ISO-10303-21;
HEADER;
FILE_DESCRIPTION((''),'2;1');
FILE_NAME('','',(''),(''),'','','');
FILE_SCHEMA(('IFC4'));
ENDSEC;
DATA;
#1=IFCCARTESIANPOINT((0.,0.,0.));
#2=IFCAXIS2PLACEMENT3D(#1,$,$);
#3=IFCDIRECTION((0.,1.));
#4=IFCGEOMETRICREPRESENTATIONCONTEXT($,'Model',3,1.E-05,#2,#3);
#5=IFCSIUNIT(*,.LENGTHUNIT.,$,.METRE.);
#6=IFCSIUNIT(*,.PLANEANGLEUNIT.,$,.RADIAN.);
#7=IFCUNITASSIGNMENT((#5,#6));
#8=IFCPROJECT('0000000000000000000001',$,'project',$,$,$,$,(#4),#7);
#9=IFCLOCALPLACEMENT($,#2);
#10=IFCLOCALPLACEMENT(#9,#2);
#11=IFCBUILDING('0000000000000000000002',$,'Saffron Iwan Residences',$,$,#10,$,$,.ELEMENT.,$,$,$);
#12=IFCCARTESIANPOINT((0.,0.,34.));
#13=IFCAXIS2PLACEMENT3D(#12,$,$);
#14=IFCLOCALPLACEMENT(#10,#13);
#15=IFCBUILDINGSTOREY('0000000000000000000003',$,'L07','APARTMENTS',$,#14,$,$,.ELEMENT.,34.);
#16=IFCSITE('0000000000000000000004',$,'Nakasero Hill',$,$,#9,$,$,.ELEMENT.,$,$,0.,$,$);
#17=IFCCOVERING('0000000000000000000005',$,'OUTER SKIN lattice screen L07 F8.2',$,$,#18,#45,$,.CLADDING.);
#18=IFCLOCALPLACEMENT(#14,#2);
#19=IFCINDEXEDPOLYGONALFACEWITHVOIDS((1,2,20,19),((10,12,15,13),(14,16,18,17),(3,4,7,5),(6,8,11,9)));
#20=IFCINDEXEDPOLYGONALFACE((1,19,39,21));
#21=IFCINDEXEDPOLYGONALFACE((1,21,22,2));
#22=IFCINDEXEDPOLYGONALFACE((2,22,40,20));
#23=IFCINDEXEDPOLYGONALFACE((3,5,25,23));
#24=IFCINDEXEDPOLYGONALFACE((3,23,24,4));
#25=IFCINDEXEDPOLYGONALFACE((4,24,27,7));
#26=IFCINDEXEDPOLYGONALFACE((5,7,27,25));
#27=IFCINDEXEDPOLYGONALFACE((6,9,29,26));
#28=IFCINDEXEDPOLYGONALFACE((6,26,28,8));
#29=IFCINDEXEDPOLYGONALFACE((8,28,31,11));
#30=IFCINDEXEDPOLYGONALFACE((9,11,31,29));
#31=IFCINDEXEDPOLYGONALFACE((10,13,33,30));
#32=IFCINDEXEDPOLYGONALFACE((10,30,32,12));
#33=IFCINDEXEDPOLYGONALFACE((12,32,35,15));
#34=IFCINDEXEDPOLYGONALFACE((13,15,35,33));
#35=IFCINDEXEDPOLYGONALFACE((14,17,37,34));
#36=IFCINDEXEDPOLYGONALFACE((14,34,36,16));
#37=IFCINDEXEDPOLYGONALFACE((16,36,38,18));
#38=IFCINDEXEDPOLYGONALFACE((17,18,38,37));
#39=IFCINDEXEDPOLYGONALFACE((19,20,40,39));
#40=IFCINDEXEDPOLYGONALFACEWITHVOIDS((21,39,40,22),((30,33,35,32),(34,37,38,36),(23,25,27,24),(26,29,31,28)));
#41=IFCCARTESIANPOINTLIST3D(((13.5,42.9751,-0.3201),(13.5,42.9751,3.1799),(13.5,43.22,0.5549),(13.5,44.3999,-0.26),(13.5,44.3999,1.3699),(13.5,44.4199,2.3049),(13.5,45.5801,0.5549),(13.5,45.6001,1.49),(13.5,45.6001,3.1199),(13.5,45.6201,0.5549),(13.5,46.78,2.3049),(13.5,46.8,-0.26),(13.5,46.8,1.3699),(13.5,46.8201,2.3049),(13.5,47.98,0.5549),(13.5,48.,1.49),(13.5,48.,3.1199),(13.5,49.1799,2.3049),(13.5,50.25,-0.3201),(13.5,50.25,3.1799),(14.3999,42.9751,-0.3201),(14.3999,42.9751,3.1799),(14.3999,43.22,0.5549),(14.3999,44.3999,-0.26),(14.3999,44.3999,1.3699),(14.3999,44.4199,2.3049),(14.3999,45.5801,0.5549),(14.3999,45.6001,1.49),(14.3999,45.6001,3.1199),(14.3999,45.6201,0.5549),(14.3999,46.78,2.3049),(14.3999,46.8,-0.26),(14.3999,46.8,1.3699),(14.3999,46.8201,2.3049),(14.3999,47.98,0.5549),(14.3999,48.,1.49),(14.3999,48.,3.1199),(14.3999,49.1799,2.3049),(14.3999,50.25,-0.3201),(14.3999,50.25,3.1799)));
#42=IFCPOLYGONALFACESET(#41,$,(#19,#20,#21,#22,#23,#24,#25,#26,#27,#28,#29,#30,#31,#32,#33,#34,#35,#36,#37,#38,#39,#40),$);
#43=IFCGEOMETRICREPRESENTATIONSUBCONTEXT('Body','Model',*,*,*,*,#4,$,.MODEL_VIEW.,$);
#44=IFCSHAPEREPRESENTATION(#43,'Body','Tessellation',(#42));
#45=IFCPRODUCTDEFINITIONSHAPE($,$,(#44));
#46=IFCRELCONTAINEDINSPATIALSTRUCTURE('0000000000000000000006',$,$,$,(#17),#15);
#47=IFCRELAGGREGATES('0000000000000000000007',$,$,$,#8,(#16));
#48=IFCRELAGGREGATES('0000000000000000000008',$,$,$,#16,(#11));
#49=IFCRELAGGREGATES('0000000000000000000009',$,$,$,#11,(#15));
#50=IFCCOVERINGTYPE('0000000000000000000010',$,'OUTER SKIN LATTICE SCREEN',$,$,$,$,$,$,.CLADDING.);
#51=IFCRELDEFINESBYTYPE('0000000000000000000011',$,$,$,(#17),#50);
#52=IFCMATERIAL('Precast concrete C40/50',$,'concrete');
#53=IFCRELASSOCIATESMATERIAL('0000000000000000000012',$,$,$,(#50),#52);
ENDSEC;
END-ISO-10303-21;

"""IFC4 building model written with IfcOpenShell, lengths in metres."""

from ifc_helpers import new_model, si_unit, direction, frame, origin, place, context, subcontext, project, spatial, polyline, outline, extrude, material, type_object, element, save


model = new_model("IFC4")

# Units and contexts
model_context = context("Model", 3, precision=1e-05, world=origin(), true_north=direction((0.0, 1.0)))
body_context = subcontext(model_context, "Body", "Model", "MODEL_VIEW")
ifc_project = project(units=[si_unit("LENGTHUNIT", "METRE"), si_unit("PLANEANGLEUNIT", "RADIAN")], contexts=[model_context])

# Site, building, storey
site_placement = place(None, origin())
site = spatial("IfcSite", under=ifc_project, at=site_placement, Name="Nakasero Hill", CompositionType="ELEMENT", RefElevation=0.0)
building_placement = place(site_placement, origin())
building = spatial("IfcBuilding", under=site, at=building_placement, Name="Saffron Iwan Residences", CompositionType="ELEMENT")
storey_placement = place(building_placement, frame((0.0, 0.0, 34.0)))
storey = spatial("IfcBuildingStorey", under=building, at=storey_placement, Name="L07", Description="APARTMENTS", CompositionType="ELEMENT", Elevation=34.0)

# Covering
ifc_material_1 = material(Name="Precast concrete C40/50", Category="concrete")
covering_type = type_object("IfcCoveringType", Name="OUTER SKIN LATTICE SCREEN", PredefinedType="CLADDING", material=ifc_material_1)
covering_placement = place(storey_placement, frame((14.3999, 50.25, -0.3201), z_axis=(-1.0, 0.0, 0.0), x_axis=(0.0, -1.0, 0.0)))
element("IfcCovering", 1, at=covering_placement, inside=storey, type_object=covering_type, Name="OUTER SKIN lattice screen L07 F8.2", PredefinedType="CLADDING", context=body_context, shape_type="SweptSolid", body=[
    extrude(outline(polyline([(0.0, 0.0), (7.2749, 0.0), (7.2749, 3.5), (0.0, 3.5), (0.0, 0.0)]), holes=[polyline([(2.27, 0.875), (3.45, 0.0601), (4.6299, 0.875), (3.45, 1.6899), (2.27, 0.875)]), polyline([(4.6699, 0.875), (5.8501, 0.0601), (7.03, 0.875), (5.8501, 1.6899), (4.6699, 0.875)]), polyline([(1.0701, 2.625), (2.25, 1.8101), (3.4299, 2.625), (2.25, 3.4399), (1.0701, 2.625)]), polyline([(3.47, 2.625), (4.6499, 1.8101), (5.8301, 2.625), (4.6499, 3.4399), (3.47, 2.625)])]), origin(), (0.0, 0.0, 1.0), 0.8999),
])

save(model, "model.ifc")
